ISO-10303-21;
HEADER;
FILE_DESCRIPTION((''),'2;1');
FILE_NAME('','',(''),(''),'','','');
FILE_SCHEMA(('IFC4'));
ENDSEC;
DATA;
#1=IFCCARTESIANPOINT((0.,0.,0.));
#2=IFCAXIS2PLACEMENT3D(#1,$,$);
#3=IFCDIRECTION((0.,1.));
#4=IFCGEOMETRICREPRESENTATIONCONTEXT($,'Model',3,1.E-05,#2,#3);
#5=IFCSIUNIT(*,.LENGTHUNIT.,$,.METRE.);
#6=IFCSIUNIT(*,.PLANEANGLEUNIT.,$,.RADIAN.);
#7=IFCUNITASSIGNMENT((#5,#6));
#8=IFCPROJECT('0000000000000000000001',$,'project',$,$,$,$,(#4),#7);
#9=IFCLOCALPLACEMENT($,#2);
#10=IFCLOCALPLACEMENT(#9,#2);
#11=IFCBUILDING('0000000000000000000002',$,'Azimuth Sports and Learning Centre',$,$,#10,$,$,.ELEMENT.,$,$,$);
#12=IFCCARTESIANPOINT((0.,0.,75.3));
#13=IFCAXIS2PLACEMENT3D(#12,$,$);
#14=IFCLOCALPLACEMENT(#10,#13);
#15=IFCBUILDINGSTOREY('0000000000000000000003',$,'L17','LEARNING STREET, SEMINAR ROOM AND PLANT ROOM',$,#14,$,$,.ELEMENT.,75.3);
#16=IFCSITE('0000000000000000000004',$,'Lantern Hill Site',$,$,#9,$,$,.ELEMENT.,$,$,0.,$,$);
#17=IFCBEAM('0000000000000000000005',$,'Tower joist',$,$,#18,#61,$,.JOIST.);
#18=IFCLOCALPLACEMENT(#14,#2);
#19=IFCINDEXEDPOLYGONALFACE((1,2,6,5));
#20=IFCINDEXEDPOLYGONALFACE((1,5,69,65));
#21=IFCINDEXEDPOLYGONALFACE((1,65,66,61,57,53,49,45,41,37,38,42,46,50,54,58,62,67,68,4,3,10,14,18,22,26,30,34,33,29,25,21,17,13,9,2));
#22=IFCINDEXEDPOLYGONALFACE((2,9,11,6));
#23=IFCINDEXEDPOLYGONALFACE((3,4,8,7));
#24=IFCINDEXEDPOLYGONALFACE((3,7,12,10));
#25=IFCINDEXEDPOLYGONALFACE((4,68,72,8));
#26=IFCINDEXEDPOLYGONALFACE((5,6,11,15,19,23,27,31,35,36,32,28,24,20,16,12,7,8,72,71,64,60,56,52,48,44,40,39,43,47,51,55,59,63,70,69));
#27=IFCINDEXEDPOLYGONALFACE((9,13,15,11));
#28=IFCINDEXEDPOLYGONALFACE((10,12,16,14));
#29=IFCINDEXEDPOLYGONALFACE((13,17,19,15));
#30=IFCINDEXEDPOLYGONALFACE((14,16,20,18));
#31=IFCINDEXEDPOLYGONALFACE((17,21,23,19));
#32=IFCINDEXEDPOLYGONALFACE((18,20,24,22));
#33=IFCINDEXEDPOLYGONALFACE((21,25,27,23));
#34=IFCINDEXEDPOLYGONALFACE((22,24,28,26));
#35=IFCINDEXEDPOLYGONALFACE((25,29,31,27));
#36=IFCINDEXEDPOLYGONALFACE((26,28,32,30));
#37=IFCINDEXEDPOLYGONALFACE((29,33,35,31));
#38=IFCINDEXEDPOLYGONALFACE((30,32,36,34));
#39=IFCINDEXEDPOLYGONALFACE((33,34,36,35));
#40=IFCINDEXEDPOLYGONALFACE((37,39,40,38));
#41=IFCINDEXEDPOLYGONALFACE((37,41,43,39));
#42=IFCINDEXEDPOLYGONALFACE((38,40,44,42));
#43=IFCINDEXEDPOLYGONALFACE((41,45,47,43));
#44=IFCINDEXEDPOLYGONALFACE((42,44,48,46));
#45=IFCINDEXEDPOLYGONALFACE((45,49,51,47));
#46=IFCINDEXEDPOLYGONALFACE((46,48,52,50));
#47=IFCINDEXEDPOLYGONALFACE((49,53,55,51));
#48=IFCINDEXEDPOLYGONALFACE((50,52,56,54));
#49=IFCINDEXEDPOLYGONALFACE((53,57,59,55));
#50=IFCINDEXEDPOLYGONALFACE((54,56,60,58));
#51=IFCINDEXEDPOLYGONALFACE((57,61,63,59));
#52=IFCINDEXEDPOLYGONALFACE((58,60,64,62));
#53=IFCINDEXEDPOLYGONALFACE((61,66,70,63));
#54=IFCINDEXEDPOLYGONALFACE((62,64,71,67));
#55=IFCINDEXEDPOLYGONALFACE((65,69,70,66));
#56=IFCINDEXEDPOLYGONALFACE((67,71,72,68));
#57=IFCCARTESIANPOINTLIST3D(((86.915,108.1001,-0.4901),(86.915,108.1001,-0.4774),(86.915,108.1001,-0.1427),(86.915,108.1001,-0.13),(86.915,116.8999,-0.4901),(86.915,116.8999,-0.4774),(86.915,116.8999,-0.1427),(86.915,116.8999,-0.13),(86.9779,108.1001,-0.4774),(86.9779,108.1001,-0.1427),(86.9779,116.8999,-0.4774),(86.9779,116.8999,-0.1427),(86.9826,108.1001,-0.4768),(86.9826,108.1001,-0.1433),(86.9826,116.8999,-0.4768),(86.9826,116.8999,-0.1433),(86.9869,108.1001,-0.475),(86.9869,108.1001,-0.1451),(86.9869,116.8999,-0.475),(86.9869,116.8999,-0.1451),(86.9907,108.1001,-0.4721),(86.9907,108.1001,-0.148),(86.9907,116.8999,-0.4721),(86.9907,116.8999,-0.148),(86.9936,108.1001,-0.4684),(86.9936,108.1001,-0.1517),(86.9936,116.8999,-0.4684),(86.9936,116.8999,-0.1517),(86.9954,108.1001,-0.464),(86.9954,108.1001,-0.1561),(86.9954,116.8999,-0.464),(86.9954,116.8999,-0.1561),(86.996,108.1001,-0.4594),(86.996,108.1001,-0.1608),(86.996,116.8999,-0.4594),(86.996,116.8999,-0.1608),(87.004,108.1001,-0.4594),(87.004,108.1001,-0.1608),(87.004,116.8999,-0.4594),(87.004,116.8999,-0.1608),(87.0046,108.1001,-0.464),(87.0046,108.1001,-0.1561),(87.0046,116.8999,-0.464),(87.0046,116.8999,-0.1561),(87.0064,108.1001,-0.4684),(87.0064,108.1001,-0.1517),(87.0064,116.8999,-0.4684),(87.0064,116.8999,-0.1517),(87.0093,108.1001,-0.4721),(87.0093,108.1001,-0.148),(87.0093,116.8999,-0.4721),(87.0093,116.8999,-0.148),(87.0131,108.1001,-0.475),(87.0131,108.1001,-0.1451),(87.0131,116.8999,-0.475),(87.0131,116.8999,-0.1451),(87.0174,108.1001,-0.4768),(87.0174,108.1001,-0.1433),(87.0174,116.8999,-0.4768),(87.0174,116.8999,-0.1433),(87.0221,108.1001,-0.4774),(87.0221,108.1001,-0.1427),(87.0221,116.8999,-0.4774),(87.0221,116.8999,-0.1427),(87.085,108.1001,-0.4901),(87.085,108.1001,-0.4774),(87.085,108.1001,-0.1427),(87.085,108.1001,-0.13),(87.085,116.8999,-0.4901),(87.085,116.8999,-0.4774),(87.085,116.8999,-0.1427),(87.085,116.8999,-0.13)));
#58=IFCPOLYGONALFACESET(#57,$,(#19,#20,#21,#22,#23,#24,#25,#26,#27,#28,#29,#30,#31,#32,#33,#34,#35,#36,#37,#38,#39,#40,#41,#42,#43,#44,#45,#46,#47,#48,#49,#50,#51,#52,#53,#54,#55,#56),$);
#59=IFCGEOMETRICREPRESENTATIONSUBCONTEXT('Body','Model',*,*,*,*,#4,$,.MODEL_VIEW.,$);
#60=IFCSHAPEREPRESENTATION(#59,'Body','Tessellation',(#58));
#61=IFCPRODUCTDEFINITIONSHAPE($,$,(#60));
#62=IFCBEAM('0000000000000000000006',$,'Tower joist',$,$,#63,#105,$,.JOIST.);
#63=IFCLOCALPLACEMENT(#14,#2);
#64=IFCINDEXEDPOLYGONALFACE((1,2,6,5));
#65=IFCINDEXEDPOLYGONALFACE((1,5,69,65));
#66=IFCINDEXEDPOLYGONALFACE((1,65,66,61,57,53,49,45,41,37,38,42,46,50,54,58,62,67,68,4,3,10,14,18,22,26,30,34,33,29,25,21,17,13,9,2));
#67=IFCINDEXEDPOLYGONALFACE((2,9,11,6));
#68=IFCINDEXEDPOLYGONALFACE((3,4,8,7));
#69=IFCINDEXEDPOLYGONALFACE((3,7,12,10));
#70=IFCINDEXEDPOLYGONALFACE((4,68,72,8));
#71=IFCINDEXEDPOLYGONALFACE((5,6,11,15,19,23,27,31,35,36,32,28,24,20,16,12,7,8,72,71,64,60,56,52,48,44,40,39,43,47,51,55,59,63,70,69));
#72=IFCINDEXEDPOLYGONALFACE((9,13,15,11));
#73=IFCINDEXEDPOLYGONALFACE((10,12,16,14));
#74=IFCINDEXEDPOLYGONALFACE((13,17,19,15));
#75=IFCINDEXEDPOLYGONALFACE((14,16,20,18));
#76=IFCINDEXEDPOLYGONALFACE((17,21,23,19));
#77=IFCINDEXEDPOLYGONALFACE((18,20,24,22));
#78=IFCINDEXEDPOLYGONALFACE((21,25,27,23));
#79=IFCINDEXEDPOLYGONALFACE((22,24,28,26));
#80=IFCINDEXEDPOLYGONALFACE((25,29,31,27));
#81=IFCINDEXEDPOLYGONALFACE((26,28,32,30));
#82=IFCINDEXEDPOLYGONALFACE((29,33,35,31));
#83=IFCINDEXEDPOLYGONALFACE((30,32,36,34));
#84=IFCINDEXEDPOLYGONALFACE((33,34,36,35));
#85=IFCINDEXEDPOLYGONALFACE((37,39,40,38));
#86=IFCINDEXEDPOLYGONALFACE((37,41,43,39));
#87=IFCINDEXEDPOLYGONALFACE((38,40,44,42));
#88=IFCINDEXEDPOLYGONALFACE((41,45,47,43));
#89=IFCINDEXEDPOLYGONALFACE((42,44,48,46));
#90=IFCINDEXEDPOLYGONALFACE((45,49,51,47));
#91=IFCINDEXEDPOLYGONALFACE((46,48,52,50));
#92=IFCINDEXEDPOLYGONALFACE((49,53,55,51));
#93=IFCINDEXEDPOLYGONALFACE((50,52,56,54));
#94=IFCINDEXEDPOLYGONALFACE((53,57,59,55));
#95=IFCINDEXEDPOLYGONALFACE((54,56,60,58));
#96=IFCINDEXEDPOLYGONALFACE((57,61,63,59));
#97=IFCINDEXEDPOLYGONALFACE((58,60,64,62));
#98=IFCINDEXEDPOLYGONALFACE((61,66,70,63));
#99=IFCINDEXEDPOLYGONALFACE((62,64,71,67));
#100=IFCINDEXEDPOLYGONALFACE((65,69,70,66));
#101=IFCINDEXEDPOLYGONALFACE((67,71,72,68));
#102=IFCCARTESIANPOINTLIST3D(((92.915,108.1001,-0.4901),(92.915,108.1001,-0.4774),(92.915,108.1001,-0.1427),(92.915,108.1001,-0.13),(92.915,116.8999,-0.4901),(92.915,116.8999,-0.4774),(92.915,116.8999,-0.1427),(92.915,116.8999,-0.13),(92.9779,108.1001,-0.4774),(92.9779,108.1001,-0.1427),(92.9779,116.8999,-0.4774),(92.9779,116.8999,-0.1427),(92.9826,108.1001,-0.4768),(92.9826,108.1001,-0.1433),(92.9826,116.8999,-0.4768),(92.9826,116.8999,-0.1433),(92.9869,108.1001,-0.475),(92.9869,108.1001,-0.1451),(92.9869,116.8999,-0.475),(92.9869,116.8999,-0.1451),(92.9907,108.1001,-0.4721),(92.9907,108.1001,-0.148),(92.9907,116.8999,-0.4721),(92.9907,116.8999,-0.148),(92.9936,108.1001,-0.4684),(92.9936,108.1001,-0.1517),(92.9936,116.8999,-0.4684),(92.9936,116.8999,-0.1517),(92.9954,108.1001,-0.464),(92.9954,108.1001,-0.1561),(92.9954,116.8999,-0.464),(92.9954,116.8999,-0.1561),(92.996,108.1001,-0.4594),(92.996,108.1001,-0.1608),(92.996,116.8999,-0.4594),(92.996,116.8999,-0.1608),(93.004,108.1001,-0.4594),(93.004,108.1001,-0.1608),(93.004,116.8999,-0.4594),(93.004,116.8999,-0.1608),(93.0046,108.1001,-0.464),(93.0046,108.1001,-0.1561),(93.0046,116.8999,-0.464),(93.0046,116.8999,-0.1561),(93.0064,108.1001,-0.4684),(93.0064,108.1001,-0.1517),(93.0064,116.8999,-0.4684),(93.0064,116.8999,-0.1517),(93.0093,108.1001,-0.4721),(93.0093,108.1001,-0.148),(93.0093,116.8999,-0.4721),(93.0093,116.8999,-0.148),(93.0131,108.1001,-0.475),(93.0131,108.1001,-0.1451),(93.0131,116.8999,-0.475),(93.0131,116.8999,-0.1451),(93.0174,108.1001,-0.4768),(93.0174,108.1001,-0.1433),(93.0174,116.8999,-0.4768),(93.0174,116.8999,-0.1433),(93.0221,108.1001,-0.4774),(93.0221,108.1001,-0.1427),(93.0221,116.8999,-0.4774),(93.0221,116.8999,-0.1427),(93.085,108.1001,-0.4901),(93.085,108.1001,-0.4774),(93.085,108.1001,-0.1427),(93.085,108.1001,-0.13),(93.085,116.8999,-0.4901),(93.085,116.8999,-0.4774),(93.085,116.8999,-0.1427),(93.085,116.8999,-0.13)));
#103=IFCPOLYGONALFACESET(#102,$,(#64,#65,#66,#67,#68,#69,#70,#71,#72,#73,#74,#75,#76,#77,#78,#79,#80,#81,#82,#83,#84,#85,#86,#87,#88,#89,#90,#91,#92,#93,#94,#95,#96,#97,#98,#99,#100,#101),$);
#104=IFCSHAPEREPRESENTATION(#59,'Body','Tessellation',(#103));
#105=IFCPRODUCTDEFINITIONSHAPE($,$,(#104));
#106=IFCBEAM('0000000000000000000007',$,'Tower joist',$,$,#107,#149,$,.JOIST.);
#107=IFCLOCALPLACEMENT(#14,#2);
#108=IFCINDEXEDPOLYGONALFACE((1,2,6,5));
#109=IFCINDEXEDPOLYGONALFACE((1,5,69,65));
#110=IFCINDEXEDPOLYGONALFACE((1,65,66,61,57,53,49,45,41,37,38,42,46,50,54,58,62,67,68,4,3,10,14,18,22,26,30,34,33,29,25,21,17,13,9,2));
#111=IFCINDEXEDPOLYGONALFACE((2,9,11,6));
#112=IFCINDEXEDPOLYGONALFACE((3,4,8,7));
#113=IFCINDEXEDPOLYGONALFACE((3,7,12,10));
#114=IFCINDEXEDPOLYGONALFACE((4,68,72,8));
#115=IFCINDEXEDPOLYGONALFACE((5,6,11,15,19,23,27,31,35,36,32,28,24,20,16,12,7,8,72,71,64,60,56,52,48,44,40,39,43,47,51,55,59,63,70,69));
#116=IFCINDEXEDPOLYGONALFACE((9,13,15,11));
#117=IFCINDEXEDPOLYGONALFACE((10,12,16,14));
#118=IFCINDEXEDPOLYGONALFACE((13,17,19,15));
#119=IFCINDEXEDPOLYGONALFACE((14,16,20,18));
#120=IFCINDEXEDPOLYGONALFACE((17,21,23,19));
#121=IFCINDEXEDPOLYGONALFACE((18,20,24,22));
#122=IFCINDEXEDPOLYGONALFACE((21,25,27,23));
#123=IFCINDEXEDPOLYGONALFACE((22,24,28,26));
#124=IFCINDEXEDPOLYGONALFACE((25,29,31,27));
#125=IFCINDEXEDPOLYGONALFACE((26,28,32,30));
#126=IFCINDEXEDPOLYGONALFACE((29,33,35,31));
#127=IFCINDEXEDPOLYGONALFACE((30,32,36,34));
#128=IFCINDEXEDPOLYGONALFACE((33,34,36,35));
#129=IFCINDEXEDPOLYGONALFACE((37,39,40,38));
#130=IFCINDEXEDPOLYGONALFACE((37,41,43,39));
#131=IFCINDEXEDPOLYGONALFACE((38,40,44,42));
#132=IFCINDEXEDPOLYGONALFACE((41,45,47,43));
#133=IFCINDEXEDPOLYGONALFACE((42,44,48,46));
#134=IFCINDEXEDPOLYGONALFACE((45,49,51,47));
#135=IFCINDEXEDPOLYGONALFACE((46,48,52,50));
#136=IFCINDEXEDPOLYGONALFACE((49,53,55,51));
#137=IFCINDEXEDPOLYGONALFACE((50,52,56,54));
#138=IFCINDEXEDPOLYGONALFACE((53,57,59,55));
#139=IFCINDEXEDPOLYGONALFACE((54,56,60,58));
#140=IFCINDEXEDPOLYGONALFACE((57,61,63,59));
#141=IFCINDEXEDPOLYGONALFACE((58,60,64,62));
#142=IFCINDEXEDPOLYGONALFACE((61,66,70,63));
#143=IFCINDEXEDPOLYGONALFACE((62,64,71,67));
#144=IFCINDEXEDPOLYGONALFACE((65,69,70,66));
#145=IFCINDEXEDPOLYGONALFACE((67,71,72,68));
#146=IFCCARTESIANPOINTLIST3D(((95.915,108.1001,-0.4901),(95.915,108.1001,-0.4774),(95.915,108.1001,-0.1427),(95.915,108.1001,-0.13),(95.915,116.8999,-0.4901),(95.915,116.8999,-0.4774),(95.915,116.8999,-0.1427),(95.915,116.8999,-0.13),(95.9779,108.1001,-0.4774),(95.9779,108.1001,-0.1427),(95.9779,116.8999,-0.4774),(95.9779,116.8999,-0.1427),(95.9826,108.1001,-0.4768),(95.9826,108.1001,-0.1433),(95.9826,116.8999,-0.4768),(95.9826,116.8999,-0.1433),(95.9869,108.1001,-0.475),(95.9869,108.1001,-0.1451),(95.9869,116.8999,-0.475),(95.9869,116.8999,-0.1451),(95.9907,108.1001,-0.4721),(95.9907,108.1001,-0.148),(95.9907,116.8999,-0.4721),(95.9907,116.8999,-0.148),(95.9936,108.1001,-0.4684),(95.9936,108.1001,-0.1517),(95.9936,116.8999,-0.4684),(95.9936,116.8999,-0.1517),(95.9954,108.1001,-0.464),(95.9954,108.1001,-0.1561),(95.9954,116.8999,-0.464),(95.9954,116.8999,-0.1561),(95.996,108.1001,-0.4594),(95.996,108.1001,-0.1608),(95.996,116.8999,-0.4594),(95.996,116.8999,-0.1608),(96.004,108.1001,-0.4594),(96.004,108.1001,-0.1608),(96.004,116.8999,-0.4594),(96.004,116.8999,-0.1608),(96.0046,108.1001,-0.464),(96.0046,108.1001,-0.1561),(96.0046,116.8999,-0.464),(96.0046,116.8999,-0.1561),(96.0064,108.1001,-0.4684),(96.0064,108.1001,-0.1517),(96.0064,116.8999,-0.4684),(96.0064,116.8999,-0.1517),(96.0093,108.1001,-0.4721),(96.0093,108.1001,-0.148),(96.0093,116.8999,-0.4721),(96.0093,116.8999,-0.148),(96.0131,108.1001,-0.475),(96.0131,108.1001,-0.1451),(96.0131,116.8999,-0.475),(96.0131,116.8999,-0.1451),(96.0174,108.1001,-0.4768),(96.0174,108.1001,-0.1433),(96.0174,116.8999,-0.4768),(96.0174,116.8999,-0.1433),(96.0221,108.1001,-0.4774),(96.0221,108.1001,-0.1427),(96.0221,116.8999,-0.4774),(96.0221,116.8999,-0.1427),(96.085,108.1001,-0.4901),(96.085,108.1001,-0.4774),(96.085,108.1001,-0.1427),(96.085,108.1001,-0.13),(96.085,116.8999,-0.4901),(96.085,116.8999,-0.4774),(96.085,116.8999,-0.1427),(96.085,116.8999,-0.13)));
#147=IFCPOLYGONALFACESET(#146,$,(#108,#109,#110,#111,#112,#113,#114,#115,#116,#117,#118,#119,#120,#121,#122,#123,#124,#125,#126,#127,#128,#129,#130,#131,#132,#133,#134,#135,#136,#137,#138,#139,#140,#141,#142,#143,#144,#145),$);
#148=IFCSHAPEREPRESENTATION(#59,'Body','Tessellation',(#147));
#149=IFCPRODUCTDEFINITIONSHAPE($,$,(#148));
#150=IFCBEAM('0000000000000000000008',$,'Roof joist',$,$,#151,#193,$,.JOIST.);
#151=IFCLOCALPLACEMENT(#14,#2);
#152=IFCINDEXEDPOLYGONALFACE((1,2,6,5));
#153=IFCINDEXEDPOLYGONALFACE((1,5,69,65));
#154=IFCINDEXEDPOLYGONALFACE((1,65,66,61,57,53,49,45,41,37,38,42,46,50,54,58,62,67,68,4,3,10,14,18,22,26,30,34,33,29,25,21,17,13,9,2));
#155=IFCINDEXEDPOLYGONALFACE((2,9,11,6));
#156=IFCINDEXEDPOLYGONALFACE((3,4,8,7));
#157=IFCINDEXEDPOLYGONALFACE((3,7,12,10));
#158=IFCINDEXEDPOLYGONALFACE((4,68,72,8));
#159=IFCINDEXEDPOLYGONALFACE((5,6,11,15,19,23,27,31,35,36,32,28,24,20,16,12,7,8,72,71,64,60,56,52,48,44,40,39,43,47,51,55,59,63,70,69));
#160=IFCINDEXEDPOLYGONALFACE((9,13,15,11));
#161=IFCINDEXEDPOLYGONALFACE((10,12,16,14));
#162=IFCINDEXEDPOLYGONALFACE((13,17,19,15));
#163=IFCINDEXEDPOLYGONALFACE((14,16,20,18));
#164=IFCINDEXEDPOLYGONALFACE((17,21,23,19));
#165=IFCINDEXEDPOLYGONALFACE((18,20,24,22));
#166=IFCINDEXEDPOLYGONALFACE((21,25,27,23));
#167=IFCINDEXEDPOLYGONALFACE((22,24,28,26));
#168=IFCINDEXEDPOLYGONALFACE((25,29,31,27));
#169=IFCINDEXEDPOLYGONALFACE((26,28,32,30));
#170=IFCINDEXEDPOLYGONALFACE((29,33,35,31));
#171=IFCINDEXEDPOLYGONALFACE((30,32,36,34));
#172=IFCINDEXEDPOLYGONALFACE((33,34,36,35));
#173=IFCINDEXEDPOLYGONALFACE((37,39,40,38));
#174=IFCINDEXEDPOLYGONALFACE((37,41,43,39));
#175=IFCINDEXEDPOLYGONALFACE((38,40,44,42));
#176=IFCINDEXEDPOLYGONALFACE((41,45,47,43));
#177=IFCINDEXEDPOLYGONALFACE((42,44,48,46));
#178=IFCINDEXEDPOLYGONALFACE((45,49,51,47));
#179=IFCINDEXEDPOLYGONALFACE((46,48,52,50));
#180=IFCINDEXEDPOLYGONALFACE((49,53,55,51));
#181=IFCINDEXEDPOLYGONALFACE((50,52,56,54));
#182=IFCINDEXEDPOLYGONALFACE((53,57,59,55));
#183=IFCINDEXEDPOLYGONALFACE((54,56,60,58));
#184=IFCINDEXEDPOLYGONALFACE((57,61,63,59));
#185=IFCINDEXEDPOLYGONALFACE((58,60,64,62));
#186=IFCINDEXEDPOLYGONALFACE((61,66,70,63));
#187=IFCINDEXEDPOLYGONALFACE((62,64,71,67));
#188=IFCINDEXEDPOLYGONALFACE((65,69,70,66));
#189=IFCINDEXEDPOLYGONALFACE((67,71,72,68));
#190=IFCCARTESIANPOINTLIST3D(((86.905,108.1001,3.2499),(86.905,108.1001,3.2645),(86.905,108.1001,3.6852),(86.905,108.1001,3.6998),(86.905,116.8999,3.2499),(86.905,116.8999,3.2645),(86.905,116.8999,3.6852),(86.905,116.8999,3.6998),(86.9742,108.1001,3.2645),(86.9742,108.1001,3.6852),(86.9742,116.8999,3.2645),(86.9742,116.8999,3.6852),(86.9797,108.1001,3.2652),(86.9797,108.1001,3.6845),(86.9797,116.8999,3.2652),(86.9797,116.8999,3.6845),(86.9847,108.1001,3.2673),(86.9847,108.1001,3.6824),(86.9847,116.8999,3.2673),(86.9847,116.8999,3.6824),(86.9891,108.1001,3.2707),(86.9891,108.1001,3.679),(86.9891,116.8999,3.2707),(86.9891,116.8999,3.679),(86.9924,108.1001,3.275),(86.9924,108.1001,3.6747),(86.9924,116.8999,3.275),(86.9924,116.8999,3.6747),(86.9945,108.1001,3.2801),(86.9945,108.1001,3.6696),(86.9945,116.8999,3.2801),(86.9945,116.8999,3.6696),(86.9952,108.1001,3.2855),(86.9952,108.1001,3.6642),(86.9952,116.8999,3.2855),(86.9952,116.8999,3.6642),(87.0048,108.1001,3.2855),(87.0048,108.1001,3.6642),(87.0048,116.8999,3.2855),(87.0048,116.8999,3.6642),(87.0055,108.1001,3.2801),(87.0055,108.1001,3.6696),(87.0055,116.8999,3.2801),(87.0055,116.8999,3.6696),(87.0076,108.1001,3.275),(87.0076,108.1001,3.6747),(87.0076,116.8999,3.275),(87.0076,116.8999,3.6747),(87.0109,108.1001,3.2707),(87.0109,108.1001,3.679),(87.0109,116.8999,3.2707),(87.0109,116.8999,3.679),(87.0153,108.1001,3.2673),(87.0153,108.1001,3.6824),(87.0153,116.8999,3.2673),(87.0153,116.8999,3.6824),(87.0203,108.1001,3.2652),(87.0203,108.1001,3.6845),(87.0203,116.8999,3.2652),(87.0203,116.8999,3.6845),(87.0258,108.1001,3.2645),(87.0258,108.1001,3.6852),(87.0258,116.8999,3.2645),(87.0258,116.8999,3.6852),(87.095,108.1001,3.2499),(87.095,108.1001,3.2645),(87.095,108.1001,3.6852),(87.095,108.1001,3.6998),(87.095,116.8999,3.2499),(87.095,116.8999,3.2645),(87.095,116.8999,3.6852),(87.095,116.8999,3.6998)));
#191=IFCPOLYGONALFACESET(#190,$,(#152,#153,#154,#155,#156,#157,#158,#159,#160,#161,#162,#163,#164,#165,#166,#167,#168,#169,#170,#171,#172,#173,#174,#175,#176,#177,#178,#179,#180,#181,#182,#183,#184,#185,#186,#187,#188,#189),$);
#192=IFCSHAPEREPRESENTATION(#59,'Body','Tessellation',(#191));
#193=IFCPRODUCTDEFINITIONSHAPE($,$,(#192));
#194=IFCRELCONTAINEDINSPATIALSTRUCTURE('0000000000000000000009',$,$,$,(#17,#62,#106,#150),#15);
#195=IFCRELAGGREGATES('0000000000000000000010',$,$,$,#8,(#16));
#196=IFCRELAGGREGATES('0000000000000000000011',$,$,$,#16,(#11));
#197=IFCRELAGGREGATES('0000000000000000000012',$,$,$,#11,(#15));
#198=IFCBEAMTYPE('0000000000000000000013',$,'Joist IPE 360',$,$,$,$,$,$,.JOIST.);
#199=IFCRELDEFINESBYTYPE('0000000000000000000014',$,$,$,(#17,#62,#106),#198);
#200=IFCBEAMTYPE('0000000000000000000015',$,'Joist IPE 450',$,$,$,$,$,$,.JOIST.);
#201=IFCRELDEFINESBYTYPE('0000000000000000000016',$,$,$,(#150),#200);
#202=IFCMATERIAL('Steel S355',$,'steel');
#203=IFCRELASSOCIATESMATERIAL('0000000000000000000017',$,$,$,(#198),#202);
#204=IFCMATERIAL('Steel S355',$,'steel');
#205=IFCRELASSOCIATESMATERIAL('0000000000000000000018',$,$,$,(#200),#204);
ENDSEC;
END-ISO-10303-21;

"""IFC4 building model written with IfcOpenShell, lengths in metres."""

from ifc_helpers import new_model, si_unit, direction, frame, origin, origin_2d, place, context, subcontext, project, spatial, i_section, extrude, material, material_profile, profile_set, type_object, element, save


model = new_model("IFC4")

# Units and contexts
model_context = context("Model", 3, precision=1e-05, world=origin(), true_north=direction((0.0, 1.0)))
body_context = subcontext(model_context, "Body", "Model", "MODEL_VIEW")
ifc_project = project(units=[si_unit("LENGTHUNIT", "METRE"), si_unit("PLANEANGLEUNIT", "RADIAN")], contexts=[model_context])

# Site, building, storey
site_placement = place(None, origin())
site = spatial("IfcSite", under=ifc_project, at=site_placement, Name="Lantern Hill Site", CompositionType="ELEMENT", RefElevation=0.0)
building_placement = place(site_placement, origin())
building = spatial("IfcBuilding", under=site, at=building_placement, Name="Azimuth Sports and Learning Centre", CompositionType="ELEMENT")
storey_placement = place(building_placement, frame((0.0, 0.0, 75.3)))
storey = spatial("IfcBuildingStorey", under=building, at=storey_placement, Name="L17", Description="LEARNING STREET, SEMINAR ROOM AND PLANT ROOM", CompositionType="ELEMENT", Elevation=75.3)

# Beams
ifc_material_1 = material(Name="Steel S355", Category="steel")
ifc_material_profile_1 = material_profile(ifc_material_1, i_section(OverallWidth=0.1699, OverallDepth=0.3601, WebThickness=0.0081, FlangeThickness=0.0127, FilletRadius=0.0181, at=origin_2d()), Name="IPE 360")
ifc_profile_set_1 = profile_set([ifc_material_profile_1], Name="Steel S355")
beam_type_1 = type_object("IfcBeamType", Name="Joist IPE 360", PredefinedType="JOIST", material=ifc_profile_set_1)
for number, where, z_axis, x_axis, name in (
    (1, (87.0, 108.1001, -0.3101), (0.0, 1.0, 0.0), (-1.0, 0.0, 0.0), "Tower joist"),
    (2, (93.0, 108.1001, -0.3101), (0.0, 1.0, 0.0), (-1.0, 0.0, 0.0), "Tower joist"),
    (3, (96.0, 108.1001, -0.3101), (0.0, 1.0, 0.0), (-1.0, 0.0, 0.0), "Tower joist"),
):
    element("IfcBeam", number, at=place(storey_placement, frame(where, z_axis=z_axis, x_axis=x_axis)), inside=storey, type_object=beam_type_1, Name=name, PredefinedType="JOIST", context=body_context, shape_type="SweptSolid", body=[
        extrude(i_section(OverallWidth=0.1699, OverallDepth=0.3601, WebThickness=0.0081, FlangeThickness=0.0127, FilletRadius=0.0181, at=origin_2d()), origin(), (0.0, 0.0, 1.0), 8.7998),
    ])
ifc_material_2 = material(Name="Steel S355", Category="steel")
ifc_material_profile_2 = material_profile(ifc_material_2, i_section(OverallWidth=0.1899, OverallDepth=0.45, WebThickness=0.0095, FlangeThickness=0.0146, FilletRadius=0.021, at=origin_2d()), Name="IPE 450")
ifc_profile_set_2 = profile_set([ifc_material_profile_2], Name="Steel S355")
beam_type_2 = type_object("IfcBeamType", Name="Joist IPE 450", PredefinedType="JOIST", material=ifc_profile_set_2)
for number, where, z_axis, x_axis, name in (
    (4, (87.0, 108.1001, 3.4749), (0.0, 1.0, 0.0), (-1.0, 0.0, 0.0), "Roof joist"),
):
    element("IfcBeam", number, at=place(storey_placement, frame(where, z_axis=z_axis, x_axis=x_axis)), inside=storey, type_object=beam_type_2, Name=name, PredefinedType="JOIST", context=body_context, shape_type="SweptSolid", body=[
        extrude(i_section(OverallWidth=0.1899, OverallDepth=0.45, WebThickness=0.0095, FlangeThickness=0.0146, FilletRadius=0.021, at=origin_2d()), origin(), (0.0, 0.0, 1.0), 8.7998),
    ])

save(model, "model.ifc")
